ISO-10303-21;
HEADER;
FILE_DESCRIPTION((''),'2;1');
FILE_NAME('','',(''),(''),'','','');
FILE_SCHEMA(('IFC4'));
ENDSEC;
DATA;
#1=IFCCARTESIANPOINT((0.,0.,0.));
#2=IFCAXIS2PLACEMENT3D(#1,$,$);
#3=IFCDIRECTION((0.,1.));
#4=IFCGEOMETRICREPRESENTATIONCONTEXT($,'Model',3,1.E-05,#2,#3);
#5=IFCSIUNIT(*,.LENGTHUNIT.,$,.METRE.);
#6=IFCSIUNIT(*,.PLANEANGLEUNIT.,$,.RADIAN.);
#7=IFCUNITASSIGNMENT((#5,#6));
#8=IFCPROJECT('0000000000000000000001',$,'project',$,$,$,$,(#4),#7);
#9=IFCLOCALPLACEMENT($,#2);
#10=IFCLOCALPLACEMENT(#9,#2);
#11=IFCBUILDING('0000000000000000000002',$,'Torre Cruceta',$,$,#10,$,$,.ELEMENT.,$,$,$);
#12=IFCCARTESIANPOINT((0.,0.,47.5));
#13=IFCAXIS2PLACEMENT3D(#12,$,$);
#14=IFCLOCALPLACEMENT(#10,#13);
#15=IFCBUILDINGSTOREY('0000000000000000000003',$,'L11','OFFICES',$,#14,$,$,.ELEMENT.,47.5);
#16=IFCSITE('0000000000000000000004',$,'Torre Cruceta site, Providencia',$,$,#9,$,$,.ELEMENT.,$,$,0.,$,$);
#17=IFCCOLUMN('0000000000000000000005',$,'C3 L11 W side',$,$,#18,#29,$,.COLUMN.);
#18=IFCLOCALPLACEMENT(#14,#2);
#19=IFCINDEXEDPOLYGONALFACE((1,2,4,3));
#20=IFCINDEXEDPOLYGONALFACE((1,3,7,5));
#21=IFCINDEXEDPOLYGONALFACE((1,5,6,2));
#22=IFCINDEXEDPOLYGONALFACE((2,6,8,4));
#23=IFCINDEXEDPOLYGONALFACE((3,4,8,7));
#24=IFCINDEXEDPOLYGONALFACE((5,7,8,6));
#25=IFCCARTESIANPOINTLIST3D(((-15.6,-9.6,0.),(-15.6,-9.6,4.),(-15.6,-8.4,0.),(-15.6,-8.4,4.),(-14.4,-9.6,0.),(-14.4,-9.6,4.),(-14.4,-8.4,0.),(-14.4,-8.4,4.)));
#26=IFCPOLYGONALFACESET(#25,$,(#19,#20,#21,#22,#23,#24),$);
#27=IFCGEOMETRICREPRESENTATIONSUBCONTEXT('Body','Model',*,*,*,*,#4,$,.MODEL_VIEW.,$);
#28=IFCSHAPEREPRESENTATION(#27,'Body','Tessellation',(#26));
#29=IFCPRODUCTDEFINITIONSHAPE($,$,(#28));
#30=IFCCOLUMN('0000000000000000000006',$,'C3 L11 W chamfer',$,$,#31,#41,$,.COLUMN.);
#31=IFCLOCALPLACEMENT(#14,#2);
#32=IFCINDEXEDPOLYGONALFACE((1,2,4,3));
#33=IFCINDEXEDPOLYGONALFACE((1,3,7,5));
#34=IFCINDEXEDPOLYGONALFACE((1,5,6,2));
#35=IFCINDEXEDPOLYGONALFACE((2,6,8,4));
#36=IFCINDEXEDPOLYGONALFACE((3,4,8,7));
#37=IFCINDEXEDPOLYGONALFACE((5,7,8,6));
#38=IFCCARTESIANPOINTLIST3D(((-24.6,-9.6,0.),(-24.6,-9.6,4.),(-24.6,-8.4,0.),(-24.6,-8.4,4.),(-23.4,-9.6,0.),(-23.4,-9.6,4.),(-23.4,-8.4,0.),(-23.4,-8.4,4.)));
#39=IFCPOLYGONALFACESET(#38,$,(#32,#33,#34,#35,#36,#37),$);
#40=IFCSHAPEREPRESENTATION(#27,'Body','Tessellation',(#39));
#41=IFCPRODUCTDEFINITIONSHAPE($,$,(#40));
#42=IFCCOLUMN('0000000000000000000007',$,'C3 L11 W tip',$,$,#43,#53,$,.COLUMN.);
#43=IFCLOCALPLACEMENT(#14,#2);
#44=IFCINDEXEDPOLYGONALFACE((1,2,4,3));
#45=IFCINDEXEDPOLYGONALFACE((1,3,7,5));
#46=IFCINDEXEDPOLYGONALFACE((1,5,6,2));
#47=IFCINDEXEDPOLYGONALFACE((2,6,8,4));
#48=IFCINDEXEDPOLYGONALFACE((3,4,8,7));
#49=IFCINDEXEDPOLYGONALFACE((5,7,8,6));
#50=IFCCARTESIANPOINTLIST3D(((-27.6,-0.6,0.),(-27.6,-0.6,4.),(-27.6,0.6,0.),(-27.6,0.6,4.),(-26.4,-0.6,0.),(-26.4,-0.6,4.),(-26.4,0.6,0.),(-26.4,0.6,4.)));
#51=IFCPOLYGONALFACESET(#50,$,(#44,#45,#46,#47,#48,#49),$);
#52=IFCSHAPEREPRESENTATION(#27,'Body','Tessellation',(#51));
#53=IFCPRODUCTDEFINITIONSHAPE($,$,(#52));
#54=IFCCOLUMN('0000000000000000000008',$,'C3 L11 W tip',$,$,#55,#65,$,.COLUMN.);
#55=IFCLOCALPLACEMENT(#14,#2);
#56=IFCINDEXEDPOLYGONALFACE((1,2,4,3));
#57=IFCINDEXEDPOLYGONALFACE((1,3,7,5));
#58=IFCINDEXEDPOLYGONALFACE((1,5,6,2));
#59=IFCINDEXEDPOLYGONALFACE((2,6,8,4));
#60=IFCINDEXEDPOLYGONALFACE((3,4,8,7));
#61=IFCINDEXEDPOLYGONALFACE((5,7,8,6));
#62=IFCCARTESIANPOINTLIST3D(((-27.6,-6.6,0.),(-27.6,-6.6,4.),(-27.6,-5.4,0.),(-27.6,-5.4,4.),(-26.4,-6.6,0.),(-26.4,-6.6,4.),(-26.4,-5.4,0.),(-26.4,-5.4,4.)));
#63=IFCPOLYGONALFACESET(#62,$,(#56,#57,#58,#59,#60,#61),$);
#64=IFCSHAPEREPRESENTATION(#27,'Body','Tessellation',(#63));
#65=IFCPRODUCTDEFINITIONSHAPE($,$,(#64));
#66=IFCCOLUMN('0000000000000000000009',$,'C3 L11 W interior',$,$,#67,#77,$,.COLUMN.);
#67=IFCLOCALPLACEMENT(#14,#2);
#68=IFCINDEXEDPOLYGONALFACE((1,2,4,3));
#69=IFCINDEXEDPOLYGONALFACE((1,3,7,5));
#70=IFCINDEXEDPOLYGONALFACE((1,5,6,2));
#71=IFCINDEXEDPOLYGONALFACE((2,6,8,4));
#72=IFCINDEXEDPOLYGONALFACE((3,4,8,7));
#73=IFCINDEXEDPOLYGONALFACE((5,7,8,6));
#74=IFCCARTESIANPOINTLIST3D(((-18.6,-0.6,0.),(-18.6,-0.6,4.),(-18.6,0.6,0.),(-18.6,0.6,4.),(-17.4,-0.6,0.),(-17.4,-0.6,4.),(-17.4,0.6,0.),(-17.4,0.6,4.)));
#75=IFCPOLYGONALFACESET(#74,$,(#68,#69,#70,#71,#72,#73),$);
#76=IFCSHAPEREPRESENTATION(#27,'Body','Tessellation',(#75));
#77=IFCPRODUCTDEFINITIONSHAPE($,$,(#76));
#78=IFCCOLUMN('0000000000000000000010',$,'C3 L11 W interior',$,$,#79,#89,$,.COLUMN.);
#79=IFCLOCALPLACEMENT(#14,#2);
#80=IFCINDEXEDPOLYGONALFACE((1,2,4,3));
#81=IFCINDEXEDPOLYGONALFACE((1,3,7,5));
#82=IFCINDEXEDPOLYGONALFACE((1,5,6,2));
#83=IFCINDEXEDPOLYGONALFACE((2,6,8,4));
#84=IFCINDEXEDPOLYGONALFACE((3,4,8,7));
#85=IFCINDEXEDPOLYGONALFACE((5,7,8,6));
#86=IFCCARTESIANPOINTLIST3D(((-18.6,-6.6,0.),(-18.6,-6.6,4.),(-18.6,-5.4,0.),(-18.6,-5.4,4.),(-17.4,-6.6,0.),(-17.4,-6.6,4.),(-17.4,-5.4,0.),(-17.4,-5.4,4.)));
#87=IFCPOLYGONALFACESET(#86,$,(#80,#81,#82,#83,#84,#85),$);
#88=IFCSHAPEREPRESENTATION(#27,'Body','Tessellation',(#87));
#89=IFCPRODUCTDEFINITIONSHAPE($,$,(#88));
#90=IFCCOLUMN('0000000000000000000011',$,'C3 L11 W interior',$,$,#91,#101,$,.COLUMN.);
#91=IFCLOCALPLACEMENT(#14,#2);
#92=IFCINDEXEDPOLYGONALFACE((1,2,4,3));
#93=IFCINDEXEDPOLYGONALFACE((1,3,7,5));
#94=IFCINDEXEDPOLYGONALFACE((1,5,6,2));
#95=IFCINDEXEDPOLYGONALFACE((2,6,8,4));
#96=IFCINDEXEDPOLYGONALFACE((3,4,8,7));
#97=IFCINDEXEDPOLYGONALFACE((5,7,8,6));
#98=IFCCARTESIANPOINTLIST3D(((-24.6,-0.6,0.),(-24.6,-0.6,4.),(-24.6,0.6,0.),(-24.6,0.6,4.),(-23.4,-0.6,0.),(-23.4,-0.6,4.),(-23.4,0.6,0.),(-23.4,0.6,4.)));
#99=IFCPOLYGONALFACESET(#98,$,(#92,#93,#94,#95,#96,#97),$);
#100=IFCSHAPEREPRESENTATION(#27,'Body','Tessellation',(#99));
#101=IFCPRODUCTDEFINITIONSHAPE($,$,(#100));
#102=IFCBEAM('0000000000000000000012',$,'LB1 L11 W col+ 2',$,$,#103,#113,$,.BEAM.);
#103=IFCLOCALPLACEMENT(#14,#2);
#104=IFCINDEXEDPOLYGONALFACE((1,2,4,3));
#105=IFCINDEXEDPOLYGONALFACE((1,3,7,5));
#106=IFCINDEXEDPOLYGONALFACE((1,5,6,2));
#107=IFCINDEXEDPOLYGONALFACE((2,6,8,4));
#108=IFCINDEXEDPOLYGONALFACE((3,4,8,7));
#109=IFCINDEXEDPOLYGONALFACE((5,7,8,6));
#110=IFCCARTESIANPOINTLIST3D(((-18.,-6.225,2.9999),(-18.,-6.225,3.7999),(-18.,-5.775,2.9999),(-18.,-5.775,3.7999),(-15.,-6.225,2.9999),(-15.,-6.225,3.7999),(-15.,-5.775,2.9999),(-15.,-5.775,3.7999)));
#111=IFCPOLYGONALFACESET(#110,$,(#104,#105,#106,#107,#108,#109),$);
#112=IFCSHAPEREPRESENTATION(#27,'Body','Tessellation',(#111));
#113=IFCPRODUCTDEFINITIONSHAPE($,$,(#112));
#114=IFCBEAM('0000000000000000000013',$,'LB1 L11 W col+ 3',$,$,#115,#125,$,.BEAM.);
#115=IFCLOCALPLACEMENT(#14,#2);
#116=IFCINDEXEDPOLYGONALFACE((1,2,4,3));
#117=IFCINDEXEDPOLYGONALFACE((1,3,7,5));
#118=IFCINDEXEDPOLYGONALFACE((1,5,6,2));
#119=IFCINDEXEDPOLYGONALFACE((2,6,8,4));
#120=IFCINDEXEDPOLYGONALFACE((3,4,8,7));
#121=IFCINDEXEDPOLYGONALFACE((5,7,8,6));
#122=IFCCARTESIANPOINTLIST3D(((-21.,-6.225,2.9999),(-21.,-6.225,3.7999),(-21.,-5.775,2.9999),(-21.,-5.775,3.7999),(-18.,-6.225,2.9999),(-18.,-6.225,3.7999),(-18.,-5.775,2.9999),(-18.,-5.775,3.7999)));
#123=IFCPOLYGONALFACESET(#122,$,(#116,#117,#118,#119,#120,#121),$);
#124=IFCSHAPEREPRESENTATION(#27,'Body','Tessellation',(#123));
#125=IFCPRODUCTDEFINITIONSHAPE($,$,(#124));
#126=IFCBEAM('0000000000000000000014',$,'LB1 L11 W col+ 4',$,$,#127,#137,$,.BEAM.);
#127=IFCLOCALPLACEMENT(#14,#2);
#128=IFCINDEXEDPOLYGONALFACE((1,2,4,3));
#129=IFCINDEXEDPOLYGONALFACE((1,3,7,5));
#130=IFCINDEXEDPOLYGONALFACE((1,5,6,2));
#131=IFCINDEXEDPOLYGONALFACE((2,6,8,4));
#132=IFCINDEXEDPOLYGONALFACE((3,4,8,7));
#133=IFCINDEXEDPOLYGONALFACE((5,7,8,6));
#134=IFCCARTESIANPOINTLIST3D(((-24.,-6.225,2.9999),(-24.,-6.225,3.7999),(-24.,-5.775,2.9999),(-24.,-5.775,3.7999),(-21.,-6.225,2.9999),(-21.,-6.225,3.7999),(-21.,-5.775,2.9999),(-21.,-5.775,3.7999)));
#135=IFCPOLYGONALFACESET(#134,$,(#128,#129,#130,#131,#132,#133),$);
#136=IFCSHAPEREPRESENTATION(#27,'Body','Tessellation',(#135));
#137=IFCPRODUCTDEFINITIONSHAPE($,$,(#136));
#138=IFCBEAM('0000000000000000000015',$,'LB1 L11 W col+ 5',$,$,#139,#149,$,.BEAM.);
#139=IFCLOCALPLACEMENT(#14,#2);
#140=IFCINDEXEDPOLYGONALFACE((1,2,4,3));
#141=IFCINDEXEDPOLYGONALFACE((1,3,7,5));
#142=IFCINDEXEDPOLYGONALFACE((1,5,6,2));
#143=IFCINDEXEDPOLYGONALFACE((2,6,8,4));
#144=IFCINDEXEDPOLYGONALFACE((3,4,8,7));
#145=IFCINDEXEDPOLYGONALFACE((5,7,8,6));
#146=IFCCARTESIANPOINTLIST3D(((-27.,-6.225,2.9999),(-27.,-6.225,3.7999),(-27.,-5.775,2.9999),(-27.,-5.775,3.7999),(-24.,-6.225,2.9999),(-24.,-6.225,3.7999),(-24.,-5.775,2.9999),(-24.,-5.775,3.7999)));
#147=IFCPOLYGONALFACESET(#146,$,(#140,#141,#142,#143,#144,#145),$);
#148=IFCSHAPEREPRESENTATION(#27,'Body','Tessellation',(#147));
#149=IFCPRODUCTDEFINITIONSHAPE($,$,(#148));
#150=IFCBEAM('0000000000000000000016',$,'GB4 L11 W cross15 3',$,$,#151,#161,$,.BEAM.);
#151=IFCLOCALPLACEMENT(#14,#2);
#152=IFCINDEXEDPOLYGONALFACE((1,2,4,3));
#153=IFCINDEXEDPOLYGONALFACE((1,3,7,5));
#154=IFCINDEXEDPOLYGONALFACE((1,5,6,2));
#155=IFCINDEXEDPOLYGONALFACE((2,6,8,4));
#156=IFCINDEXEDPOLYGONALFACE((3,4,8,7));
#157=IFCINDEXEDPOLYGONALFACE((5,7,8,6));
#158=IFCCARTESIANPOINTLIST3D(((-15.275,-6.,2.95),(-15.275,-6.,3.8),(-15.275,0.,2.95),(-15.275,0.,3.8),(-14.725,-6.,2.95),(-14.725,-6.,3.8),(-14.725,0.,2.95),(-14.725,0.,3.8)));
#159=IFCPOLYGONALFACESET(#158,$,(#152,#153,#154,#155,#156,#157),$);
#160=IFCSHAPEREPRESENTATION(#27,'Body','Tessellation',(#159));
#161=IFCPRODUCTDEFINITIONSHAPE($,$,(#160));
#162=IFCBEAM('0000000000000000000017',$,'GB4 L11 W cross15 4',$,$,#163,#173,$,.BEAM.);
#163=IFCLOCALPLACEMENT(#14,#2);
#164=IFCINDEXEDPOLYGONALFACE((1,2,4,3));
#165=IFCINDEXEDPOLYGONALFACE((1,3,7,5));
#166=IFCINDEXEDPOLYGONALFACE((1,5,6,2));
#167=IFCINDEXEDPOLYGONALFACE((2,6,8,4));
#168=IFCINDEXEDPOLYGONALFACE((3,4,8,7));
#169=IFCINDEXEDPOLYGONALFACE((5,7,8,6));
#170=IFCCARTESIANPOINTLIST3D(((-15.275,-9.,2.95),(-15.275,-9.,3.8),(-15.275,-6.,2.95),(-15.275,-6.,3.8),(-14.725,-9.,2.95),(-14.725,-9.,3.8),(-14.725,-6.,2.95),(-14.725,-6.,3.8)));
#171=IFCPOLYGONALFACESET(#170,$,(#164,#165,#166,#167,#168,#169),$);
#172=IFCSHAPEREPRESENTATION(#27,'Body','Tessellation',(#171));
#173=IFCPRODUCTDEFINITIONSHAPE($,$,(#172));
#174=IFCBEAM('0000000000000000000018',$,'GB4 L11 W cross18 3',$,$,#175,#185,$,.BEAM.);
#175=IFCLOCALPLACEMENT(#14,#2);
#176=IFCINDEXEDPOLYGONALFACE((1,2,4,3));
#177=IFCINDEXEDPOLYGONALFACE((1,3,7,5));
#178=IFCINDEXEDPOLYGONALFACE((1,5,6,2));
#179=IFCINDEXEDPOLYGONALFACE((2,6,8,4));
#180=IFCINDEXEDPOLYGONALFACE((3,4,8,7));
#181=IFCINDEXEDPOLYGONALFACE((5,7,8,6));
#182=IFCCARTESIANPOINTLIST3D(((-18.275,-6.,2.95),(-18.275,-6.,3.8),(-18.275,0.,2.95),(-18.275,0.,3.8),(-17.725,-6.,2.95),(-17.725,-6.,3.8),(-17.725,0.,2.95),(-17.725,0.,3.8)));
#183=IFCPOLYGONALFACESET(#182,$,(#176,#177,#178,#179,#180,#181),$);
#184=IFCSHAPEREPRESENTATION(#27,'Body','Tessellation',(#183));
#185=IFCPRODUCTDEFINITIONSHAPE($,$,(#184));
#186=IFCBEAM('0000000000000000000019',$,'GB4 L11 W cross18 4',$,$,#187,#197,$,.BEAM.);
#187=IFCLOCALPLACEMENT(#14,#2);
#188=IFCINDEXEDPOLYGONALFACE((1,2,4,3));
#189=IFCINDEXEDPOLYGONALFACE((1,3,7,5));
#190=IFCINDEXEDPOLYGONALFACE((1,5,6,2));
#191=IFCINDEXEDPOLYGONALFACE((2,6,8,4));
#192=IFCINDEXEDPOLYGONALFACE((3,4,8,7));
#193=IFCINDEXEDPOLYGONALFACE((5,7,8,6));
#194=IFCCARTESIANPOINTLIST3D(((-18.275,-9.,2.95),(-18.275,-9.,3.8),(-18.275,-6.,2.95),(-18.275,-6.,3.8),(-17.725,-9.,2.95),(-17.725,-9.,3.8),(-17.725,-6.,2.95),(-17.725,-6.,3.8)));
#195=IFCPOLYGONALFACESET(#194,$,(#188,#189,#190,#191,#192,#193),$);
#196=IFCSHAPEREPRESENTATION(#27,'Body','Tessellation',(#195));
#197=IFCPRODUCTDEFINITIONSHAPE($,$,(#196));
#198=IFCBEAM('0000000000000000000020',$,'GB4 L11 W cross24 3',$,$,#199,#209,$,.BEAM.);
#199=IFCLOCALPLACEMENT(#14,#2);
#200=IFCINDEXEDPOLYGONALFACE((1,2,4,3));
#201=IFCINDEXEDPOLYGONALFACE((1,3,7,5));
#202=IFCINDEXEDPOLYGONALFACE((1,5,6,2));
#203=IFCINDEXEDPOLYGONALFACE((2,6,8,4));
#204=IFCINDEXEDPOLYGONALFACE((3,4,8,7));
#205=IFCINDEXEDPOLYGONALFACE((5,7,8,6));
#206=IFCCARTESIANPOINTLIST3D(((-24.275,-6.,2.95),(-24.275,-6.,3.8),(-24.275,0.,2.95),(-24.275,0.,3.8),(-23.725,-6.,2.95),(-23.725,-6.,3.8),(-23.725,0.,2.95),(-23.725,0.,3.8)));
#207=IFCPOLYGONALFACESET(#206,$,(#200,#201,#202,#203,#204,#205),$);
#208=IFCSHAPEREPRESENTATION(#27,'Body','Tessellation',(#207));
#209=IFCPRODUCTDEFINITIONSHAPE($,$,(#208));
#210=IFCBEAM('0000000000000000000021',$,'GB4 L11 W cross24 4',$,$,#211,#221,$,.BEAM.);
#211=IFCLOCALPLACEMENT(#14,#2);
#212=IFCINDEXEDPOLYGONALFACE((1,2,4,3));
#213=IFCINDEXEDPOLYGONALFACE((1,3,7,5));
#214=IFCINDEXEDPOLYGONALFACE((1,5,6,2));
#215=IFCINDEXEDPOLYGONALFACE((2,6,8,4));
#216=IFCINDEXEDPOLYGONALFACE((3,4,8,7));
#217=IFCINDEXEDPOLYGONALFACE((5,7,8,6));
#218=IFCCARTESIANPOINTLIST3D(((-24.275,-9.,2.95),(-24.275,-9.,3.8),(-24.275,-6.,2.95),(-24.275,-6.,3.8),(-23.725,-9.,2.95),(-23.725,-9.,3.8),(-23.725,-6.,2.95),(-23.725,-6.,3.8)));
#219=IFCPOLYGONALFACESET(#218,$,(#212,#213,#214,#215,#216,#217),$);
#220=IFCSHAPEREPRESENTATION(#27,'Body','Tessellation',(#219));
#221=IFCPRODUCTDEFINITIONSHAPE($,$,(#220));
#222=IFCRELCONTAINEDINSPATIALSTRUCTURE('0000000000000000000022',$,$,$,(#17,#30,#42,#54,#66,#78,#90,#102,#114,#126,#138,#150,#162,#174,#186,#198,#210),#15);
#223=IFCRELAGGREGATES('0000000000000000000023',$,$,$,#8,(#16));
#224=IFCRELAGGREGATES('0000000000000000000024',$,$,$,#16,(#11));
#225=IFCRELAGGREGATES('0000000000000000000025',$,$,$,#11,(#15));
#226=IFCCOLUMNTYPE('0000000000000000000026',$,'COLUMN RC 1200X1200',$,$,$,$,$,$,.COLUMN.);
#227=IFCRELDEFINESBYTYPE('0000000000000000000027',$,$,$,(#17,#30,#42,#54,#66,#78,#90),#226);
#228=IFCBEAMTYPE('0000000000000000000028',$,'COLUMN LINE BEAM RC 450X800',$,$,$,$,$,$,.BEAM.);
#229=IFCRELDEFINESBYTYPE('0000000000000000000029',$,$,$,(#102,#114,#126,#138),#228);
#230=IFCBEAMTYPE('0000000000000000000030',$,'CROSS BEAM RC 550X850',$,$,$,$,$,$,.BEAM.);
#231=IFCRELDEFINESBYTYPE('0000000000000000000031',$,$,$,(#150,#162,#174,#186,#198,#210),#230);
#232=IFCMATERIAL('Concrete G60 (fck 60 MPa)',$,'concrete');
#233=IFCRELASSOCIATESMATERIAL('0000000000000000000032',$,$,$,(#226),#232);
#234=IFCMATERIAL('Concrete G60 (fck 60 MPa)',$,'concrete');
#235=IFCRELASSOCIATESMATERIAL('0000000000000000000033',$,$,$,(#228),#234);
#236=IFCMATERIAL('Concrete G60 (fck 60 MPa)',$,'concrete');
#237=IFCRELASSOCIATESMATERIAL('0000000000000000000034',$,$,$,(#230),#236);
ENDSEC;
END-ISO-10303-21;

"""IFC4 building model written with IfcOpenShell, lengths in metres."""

from ifc_helpers import new_model, si_unit, direction, frame, origin, origin_2d, place, context, subcontext, project, spatial, rectangle, extrude, material, material_profile, profile_set, type_object, element, save


model = new_model("IFC4")

# Units and contexts
model_context = context("Model", 3, precision=1e-05, world=origin(), true_north=direction((0.0, 1.0)))
body_context = subcontext(model_context, "Body", "Model", "MODEL_VIEW")
ifc_project = project(units=[si_unit("LENGTHUNIT", "METRE"), si_unit("PLANEANGLEUNIT", "RADIAN")], contexts=[model_context])

# Site, building, storey
site_placement = place(None, origin())
site = spatial("IfcSite", under=ifc_project, at=site_placement, Name="Torre Cruceta site, Providencia", CompositionType="ELEMENT", RefElevation=0.0)
building_placement = place(site_placement, origin())
building = spatial("IfcBuilding", under=site, at=building_placement, Name="Torre Cruceta", CompositionType="ELEMENT")
storey_placement = place(building_placement, frame((0.0, 0.0, 47.5)))
storey = spatial("IfcBuildingStorey", under=building, at=storey_placement, Name="L11", Description="OFFICES", CompositionType="ELEMENT", Elevation=47.5)

# Columns
ifc_material_1 = material(Name="Concrete G60 (fck 60 MPa)", Category="concrete")
ifc_material_profile_1 = material_profile(ifc_material_1, rectangle(XDim=1.2, YDim=1.2, at=origin_2d()), Name="RC 1200X1200")
ifc_profile_set_1 = profile_set([ifc_material_profile_1], Name="Concrete G60 (fck 60 MPa)")
column_type = type_object("IfcColumnType", Name="COLUMN RC 1200X1200", PredefinedType="COLUMN", material=ifc_profile_set_1)
for number, where, z_axis, x_axis, name in (
    (1, (-15.0, -9.0, 0.0), (0.0, 0.0, 1.0), (1.0, 0.0, 0.0), "C3 L11 W side"),
    (2, (-24.0, -9.0, 0.0), (0.0, 0.0, 1.0), (1.0, 0.0, 0.0), "C3 L11 W chamfer"),
    (3, (-27.0, 0.0, 0.0), (0.0, 0.0, 1.0), (1.0, 0.0, 0.0), "C3 L11 W tip"),
    (4, (-27.0, -6.0, 0.0), (0.0, 0.0, 1.0), (1.0, 0.0, 0.0), "C3 L11 W tip"),
    (5, (-18.0, 0.0, 0.0), (0.0, 0.0, 1.0), (1.0, 0.0, 0.0), "C3 L11 W interior"),
    (6, (-18.0, -6.0, 0.0), (0.0, 0.0, 1.0), (1.0, 0.0, 0.0), "C3 L11 W interior"),
    (7, (-24.0, 0.0, 0.0), (0.0, 0.0, 1.0), (1.0, 0.0, 0.0), "C3 L11 W interior"),
):
    element("IfcColumn", number, at=place(storey_placement, frame(where, z_axis=z_axis, x_axis=x_axis)), inside=storey, type_object=column_type, Name=name, PredefinedType="COLUMN", context=body_context, shape_type="SweptSolid", body=[
        extrude(rectangle(XDim=1.2, YDim=1.2, at=origin_2d()), origin(), (0.0, 0.0, 1.0), 4.0),
    ])

# Beams
ifc_material_2 = material(Name="Concrete G60 (fck 60 MPa)", Category="concrete")
ifc_material_profile_2 = material_profile(ifc_material_2, rectangle(XDim=0.45, YDim=0.8, at=origin_2d()), Name="RC 450X800")
ifc_profile_set_2 = profile_set([ifc_material_profile_2], Name="Concrete G60 (fck 60 MPa)")
beam_type_1 = type_object("IfcBeamType", Name="COLUMN LINE BEAM RC 450X800", PredefinedType="BEAM", material=ifc_profile_set_2)
for number, where, z_axis, x_axis, name in (
    (8, (-15.0, -6.0, 3.3999), (-1.0, 0.0, 0.0), (0.0, -1.0, 0.0), "LB1 L11 W col+ 2"),
    (9, (-18.0, -6.0, 3.3999), (-1.0, 0.0, 0.0), (0.0, -1.0, 0.0), "LB1 L11 W col+ 3"),
    (10, (-21.0, -6.0, 3.3999), (-1.0, 0.0, 0.0), (0.0, -1.0, 0.0), "LB1 L11 W col+ 4"),
    (11, (-24.0, -6.0, 3.3999), (-1.0, 0.0, 0.0), (0.0, -1.0, 0.0), "LB1 L11 W col+ 5"),
):
    element("IfcBeam", number, at=place(storey_placement, frame(where, z_axis=z_axis, x_axis=x_axis)), inside=storey, type_object=beam_type_1, Name=name, PredefinedType="BEAM", context=body_context, shape_type="SweptSolid", body=[
        extrude(rectangle(XDim=0.45, YDim=0.8, at=origin_2d()), origin(), (0.0, 0.0, 1.0), 3.0),
    ])
ifc_material_3 = material(Name="Concrete G60 (fck 60 MPa)", Category="concrete")
ifc_material_profile_3 = material_profile(ifc_material_3, rectangle(XDim=0.55, YDim=0.8501, at=origin_2d()), Name="RC 550X850")
ifc_profile_set_3 = profile_set([ifc_material_profile_3], Name="Concrete G60 (fck 60 MPa)")
beam_type_2 = type_object("IfcBeamType", Name="CROSS BEAM RC 550X850", PredefinedType="BEAM", material=ifc_profile_set_3)
beam_1_placement = place(storey_placement, frame((-15.0, 0.0, 3.375), z_axis=(0.0, -1.0, 0.0), x_axis=(1.0, 0.0, 0.0)))
element("IfcBeam", 12, at=beam_1_placement, inside=storey, type_object=beam_type_2, Name="GB4 L11 W cross15 3", PredefinedType="BEAM", context=body_context, shape_type="SweptSolid", body=[
    extrude(rectangle(XDim=0.55, YDim=0.8501, at=origin_2d()), origin(), (0.0, 0.0, 1.0), 6.0),
])
beam_2_placement = place(storey_placement, frame((-15.0, -6.0, 3.375), z_axis=(0.0, -1.0, 0.0), x_axis=(1.0, 0.0, 0.0)))
element("IfcBeam", 13, at=beam_2_placement, inside=storey, type_object=beam_type_2, Name="GB4 L11 W cross15 4", PredefinedType="BEAM", context=body_context, shape_type="SweptSolid", body=[
    extrude(rectangle(XDim=0.55, YDim=0.8501, at=origin_2d()), origin(), (0.0, 0.0, 1.0), 3.0),
])
beam_3_placement = place(storey_placement, frame((-18.0, 0.0, 3.375), z_axis=(0.0, -1.0, 0.0), x_axis=(1.0, 0.0, 0.0)))
element("IfcBeam", 14, at=beam_3_placement, inside=storey, type_object=beam_type_2, Name="GB4 L11 W cross18 3", PredefinedType="BEAM", context=body_context, shape_type="SweptSolid", body=[
    extrude(rectangle(XDim=0.55, YDim=0.8501, at=origin_2d()), origin(), (0.0, 0.0, 1.0), 6.0),
])
beam_4_placement = place(storey_placement, frame((-18.0, -6.0, 3.375), z_axis=(0.0, -1.0, 0.0), x_axis=(1.0, 0.0, 0.0)))
element("IfcBeam", 15, at=beam_4_placement, inside=storey, type_object=beam_type_2, Name="GB4 L11 W cross18 4", PredefinedType="BEAM", context=body_context, shape_type="SweptSolid", body=[
    extrude(rectangle(XDim=0.55, YDim=0.8501, at=origin_2d()), origin(), (0.0, 0.0, 1.0), 3.0),
])
beam_5_placement = place(storey_placement, frame((-24.0, 0.0, 3.375), z_axis=(0.0, -1.0, 0.0), x_axis=(1.0, 0.0, 0.0)))
element("IfcBeam", 16, at=beam_5_placement, inside=storey, type_object=beam_type_2, Name="GB4 L11 W cross24 3", PredefinedType="BEAM", context=body_context, shape_type="SweptSolid", body=[
    extrude(rectangle(XDim=0.55, YDim=0.8501, at=origin_2d()), origin(), (0.0, 0.0, 1.0), 6.0),
])
beam_6_placement = place(storey_placement, frame((-24.0, -6.0, 3.375), z_axis=(0.0, -1.0, 0.0), x_axis=(1.0, 0.0, 0.0)))
element("IfcBeam", 17, at=beam_6_placement, inside=storey, type_object=beam_type_2, Name="GB4 L11 W cross24 4", PredefinedType="BEAM", context=body_context, shape_type="SweptSolid", body=[
    extrude(rectangle(XDim=0.55, YDim=0.8501, at=origin_2d()), origin(), (0.0, 0.0, 1.0), 3.0),
])

save(model, "model.ifc")
